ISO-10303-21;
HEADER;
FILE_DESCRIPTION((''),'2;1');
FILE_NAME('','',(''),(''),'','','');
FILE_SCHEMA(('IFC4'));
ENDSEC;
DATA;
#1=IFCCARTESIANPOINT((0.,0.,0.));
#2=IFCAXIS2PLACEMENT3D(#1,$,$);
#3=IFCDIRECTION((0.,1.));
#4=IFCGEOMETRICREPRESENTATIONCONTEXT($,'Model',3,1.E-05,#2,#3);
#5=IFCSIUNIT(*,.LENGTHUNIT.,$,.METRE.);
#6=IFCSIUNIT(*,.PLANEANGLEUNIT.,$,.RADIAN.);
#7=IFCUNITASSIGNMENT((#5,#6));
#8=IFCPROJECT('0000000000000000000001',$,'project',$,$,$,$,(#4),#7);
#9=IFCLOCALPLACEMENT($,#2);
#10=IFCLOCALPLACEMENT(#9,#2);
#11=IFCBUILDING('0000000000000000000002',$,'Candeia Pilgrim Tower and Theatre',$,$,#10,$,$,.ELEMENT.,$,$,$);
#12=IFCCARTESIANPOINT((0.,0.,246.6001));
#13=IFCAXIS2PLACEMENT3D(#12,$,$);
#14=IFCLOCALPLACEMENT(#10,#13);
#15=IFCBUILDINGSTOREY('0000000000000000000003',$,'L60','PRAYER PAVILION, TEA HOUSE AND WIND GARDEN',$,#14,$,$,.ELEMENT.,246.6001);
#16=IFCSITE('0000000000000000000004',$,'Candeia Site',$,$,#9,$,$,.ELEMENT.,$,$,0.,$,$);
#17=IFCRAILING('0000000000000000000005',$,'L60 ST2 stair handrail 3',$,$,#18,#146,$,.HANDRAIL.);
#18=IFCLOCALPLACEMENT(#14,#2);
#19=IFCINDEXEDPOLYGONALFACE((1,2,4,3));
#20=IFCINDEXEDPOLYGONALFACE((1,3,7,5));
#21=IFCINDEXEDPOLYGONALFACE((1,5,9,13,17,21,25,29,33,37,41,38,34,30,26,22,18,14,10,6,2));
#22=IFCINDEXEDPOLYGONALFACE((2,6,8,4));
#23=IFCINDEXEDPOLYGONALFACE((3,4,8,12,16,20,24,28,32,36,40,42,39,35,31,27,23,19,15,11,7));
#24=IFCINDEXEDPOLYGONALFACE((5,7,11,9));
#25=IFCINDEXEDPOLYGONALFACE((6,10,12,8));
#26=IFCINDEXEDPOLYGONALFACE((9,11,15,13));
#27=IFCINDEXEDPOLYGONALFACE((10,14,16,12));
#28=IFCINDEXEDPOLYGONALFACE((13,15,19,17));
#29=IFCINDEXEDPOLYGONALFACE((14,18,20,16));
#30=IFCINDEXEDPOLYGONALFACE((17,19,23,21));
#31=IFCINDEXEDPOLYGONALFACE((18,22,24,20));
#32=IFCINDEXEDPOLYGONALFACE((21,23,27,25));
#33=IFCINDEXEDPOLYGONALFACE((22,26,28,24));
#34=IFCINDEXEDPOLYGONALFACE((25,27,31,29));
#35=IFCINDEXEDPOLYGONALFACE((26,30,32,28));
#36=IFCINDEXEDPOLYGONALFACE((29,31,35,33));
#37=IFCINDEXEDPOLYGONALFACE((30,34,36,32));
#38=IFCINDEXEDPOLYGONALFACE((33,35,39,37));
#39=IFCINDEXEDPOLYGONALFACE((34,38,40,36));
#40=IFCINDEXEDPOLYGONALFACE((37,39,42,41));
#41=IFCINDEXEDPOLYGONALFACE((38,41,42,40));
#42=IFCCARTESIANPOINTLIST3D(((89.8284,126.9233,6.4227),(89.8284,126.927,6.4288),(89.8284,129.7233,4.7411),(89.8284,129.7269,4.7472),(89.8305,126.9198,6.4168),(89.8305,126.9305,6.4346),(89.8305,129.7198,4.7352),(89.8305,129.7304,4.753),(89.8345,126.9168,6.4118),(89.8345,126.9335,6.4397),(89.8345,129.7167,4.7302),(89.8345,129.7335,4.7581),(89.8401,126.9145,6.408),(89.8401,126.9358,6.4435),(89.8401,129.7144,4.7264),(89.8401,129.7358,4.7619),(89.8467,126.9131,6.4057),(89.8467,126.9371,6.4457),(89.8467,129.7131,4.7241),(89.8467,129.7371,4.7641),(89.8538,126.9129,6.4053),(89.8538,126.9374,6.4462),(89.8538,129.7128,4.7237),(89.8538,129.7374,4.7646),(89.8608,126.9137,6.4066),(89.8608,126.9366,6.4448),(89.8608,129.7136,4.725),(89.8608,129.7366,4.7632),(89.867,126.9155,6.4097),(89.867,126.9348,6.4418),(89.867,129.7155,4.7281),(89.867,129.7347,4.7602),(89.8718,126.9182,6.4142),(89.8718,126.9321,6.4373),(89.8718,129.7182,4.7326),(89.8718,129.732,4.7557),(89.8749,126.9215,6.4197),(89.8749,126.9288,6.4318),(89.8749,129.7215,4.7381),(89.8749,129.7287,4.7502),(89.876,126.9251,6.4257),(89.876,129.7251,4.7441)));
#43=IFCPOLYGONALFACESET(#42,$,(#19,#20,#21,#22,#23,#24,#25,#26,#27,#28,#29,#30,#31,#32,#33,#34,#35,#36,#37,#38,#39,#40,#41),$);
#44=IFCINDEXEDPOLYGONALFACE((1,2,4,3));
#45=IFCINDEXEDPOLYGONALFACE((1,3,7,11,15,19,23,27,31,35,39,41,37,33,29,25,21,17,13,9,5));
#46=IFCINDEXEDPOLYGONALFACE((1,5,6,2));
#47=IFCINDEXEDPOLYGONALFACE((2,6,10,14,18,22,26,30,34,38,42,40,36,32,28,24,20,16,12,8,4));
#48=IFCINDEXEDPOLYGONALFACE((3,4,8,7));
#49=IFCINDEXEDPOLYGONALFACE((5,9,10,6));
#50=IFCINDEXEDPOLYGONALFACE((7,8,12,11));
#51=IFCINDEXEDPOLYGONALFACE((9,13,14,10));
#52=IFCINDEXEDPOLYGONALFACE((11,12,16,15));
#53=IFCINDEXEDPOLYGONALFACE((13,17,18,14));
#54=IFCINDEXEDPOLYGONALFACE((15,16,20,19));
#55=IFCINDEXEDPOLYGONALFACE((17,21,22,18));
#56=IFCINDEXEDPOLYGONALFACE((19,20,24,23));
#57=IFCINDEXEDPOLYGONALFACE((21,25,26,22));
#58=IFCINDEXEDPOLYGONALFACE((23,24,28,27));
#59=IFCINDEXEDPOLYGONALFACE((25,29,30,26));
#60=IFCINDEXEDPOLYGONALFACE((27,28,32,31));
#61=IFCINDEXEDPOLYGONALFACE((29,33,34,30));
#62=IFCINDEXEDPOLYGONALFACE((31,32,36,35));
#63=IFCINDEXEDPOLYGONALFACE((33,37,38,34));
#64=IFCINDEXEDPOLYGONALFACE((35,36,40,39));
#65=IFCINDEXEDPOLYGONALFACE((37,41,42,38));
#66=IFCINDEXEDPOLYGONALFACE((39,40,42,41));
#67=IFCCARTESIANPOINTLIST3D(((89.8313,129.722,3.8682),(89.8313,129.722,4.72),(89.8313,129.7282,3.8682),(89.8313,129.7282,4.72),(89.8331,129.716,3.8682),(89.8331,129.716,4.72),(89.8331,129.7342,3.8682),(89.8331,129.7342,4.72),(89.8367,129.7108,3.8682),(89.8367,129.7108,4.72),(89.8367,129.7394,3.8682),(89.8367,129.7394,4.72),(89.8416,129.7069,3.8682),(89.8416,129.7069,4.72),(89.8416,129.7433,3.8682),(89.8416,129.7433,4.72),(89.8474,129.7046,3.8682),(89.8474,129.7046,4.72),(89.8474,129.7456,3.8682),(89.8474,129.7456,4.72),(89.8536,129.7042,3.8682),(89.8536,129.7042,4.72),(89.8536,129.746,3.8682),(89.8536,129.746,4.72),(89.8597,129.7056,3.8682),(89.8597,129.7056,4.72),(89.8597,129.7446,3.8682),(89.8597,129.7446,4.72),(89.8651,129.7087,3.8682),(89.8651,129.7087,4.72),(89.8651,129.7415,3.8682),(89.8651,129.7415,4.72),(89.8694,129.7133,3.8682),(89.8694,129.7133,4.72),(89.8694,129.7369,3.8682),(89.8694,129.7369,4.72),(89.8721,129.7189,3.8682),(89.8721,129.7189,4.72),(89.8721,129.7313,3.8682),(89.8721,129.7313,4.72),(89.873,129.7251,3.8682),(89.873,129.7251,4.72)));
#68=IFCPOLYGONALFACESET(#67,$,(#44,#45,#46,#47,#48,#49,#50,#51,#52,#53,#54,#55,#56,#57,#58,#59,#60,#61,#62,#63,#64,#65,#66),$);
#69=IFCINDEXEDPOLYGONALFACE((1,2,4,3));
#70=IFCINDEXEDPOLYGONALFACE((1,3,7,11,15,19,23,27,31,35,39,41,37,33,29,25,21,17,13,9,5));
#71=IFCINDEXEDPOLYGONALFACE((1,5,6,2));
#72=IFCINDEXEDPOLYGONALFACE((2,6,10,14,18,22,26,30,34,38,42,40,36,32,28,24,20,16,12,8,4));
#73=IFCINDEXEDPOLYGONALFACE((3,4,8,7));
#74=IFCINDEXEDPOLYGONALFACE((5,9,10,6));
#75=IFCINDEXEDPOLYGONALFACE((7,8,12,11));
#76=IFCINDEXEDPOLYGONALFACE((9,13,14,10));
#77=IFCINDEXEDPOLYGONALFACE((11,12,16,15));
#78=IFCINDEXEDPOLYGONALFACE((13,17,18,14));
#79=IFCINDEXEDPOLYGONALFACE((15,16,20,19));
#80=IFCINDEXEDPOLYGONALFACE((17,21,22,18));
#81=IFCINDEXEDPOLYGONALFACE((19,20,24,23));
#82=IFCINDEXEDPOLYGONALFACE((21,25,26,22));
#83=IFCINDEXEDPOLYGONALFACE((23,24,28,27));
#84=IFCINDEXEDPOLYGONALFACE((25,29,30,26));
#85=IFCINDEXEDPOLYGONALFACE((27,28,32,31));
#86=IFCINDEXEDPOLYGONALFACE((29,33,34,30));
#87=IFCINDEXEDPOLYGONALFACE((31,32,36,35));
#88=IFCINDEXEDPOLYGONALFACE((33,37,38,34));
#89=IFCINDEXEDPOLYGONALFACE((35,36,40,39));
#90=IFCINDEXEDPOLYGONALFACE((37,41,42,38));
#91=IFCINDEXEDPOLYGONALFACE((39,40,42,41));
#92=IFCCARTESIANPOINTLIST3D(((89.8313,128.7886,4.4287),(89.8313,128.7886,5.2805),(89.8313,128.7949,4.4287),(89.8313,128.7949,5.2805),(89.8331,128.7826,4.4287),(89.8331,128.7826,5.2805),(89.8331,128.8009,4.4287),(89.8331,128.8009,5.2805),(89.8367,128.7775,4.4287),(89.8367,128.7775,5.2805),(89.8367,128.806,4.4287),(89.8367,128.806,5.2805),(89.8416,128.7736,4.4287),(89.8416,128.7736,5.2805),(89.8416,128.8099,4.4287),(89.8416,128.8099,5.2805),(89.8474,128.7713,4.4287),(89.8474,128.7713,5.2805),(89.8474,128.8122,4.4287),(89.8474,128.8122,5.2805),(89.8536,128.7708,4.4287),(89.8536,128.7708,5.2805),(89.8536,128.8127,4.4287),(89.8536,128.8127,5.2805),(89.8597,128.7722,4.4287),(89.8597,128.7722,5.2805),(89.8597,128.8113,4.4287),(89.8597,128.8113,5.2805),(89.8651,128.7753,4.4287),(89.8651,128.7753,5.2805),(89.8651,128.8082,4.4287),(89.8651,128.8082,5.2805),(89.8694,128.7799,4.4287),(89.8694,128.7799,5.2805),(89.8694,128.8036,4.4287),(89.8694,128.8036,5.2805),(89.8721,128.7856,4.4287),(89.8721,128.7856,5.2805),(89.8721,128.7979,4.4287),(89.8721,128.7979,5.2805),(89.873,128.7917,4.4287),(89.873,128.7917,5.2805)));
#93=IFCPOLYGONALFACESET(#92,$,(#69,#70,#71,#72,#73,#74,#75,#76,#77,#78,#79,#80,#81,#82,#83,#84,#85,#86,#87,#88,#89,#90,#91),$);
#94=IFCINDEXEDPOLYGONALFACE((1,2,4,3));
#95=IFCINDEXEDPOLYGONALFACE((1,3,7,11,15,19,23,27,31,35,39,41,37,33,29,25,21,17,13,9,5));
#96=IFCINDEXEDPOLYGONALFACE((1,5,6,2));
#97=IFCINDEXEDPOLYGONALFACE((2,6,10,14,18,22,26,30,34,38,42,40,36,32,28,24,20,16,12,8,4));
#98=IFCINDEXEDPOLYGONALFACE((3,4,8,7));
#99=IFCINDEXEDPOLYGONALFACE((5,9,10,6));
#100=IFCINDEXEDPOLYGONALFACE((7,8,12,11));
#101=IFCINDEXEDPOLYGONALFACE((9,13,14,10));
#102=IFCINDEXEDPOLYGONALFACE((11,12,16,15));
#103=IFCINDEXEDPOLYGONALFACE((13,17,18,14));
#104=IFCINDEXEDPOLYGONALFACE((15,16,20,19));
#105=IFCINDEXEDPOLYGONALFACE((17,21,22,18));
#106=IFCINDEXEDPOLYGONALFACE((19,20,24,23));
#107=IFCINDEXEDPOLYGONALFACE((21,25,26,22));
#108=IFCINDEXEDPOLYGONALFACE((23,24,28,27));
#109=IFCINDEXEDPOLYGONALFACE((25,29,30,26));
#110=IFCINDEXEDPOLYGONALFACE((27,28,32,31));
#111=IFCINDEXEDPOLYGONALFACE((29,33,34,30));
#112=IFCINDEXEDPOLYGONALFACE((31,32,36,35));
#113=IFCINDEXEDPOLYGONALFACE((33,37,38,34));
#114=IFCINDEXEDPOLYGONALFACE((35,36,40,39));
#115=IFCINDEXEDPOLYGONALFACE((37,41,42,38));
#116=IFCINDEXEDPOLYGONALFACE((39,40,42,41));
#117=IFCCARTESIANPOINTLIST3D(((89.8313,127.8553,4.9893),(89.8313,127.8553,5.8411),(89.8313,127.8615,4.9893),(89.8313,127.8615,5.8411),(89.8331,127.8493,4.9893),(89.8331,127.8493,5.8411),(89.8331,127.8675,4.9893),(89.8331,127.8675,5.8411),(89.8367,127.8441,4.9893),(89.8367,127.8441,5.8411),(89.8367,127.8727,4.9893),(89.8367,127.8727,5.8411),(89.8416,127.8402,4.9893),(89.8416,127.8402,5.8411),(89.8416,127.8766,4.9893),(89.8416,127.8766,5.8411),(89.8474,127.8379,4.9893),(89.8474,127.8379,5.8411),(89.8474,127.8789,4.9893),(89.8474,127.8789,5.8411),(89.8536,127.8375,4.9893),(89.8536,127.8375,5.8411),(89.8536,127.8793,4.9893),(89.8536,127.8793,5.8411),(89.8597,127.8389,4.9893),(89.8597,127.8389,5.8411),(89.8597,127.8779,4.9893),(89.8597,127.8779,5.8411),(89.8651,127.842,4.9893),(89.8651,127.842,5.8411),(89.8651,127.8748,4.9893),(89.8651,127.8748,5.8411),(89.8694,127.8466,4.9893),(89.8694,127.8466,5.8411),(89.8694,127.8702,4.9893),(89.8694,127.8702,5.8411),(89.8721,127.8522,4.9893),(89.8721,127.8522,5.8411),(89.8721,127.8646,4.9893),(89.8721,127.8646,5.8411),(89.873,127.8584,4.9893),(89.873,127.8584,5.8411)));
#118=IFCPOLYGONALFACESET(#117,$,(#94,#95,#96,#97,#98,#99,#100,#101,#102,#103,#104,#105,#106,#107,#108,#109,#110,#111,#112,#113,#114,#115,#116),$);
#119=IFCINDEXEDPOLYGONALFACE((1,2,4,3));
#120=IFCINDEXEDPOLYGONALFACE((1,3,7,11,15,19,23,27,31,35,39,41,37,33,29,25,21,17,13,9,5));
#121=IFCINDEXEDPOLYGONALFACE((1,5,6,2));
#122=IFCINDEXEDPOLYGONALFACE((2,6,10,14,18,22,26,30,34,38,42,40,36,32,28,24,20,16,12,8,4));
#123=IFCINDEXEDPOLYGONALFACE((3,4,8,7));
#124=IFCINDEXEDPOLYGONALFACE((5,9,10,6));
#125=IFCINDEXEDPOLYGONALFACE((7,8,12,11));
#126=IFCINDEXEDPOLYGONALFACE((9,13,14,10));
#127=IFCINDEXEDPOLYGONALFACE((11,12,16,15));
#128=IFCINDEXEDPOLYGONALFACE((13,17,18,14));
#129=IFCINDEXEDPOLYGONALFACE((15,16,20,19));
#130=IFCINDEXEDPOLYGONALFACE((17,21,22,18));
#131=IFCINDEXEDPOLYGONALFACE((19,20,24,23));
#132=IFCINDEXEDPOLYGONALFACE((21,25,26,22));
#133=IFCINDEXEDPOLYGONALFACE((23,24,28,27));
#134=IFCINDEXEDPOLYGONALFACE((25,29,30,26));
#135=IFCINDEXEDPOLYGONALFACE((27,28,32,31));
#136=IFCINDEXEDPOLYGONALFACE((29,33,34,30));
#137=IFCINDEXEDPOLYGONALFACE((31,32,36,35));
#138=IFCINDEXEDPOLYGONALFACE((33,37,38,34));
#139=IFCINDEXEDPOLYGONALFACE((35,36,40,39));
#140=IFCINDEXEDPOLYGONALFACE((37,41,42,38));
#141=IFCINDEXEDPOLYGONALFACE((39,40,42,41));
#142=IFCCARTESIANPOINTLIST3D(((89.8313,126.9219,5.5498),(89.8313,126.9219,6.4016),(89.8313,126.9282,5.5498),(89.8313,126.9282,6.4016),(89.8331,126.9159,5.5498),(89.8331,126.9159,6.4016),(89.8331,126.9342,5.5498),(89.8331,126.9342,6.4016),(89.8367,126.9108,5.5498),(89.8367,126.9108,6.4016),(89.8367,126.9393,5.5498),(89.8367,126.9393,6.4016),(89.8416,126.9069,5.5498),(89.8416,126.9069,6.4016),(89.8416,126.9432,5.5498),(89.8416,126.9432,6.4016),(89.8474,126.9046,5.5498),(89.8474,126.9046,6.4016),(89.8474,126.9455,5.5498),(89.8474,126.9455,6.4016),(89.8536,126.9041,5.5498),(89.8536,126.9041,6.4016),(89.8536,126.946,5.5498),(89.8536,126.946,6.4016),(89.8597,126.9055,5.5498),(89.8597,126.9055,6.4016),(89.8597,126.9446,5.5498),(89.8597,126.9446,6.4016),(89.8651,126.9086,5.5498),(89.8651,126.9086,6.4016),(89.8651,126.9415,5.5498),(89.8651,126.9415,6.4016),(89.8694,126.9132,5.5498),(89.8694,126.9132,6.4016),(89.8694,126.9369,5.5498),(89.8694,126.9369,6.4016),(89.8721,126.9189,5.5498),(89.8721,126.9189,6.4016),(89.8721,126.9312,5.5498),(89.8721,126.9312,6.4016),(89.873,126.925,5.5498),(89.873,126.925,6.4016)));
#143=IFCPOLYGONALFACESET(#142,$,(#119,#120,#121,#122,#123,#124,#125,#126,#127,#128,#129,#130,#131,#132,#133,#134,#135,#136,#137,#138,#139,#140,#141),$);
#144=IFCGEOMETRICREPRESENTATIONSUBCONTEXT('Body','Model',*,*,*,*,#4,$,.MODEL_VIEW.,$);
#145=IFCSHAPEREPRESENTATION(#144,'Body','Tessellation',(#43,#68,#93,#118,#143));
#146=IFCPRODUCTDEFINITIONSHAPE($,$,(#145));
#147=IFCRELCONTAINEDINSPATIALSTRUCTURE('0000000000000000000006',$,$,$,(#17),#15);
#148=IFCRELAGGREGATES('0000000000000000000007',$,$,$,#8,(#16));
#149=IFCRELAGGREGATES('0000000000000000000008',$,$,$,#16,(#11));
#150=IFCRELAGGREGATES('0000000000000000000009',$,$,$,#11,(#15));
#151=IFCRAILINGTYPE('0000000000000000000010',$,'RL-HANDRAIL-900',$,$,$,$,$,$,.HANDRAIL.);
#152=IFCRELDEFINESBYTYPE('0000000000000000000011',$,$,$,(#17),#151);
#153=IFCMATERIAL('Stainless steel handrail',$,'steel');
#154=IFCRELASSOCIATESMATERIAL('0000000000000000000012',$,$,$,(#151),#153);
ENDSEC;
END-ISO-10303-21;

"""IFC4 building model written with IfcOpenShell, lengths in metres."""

from ifc_helpers import new_model, si_unit, direction, frame, origin, origin_2d, place, context, subcontext, project, spatial, circle, extrude, material, type_object, element, save


model = new_model("IFC4")

# Units and contexts
model_context = context("Model", 3, precision=1e-05, world=origin(), true_north=direction((0.0, 1.0)))
body_context = subcontext(model_context, "Body", "Model", "MODEL_VIEW")
ifc_project = project(units=[si_unit("LENGTHUNIT", "METRE"), si_unit("PLANEANGLEUNIT", "RADIAN")], contexts=[model_context])

# Site, building, storey
site_placement = place(None, origin())
site = spatial("IfcSite", under=ifc_project, at=site_placement, Name="Candeia Site", CompositionType="ELEMENT", RefElevation=0.0)
building_placement = place(site_placement, origin())
building = spatial("IfcBuilding", under=site, at=building_placement, Name="Candeia Pilgrim Tower and Theatre", CompositionType="ELEMENT")
storey_placement = place(building_placement, frame((0.0, 0.0, 246.6001)))
storey = spatial("IfcBuildingStorey", under=building, at=storey_placement, Name="L60", Description="PRAYER PAVILION, TEA HOUSE AND WIND GARDEN", CompositionType="ELEMENT", Elevation=246.6001)

# Railing
ifc_material_1 = material(Name="Stainless steel handrail", Category="steel")
railing_type_1 = type_object("IfcRailingType", Name="RL-HANDRAIL-900", PredefinedType="HANDRAIL", material=ifc_material_1)
railing_1_placement = place(storey_placement, frame((89.8521, 129.7251, 3.8682)))
element("IfcRailing", 1, at=railing_1_placement, inside=storey, type_object=railing_type_1, Name="L60 ST2 stair handrail 3", PredefinedType="HANDRAIL", context=body_context, shape_type="SweptSolid", body=[
    extrude(circle(Radius=0.0239, at=origin_2d()), frame((0.0, 0.0, 0.876), z_axis=(0.0, -0.857275, 0.514858), x_axis=(1.0, 0.0, 0.0)), (0.0, 0.0, 1.0), 3.2661),
    extrude(circle(Radius=0.021, at=origin_2d()), origin(), (0.0, 0.0, 1.0), 0.8518),
    extrude(circle(Radius=0.021, at=origin_2d()), frame((0.0, -0.9333, 0.5605)), (0.0, 0.0, 1.0), 0.8518),
    extrude(circle(Radius=0.021, at=origin_2d()), frame((0.0, -1.8667, 1.1211)), (0.0, 0.0, 1.0), 0.8518),
    extrude(circle(Radius=0.021, at=origin_2d()), frame((0.0, -2.8, 1.6816)), (0.0, 0.0, 1.0), 0.8518),
])

save(model, "model.ifc")
